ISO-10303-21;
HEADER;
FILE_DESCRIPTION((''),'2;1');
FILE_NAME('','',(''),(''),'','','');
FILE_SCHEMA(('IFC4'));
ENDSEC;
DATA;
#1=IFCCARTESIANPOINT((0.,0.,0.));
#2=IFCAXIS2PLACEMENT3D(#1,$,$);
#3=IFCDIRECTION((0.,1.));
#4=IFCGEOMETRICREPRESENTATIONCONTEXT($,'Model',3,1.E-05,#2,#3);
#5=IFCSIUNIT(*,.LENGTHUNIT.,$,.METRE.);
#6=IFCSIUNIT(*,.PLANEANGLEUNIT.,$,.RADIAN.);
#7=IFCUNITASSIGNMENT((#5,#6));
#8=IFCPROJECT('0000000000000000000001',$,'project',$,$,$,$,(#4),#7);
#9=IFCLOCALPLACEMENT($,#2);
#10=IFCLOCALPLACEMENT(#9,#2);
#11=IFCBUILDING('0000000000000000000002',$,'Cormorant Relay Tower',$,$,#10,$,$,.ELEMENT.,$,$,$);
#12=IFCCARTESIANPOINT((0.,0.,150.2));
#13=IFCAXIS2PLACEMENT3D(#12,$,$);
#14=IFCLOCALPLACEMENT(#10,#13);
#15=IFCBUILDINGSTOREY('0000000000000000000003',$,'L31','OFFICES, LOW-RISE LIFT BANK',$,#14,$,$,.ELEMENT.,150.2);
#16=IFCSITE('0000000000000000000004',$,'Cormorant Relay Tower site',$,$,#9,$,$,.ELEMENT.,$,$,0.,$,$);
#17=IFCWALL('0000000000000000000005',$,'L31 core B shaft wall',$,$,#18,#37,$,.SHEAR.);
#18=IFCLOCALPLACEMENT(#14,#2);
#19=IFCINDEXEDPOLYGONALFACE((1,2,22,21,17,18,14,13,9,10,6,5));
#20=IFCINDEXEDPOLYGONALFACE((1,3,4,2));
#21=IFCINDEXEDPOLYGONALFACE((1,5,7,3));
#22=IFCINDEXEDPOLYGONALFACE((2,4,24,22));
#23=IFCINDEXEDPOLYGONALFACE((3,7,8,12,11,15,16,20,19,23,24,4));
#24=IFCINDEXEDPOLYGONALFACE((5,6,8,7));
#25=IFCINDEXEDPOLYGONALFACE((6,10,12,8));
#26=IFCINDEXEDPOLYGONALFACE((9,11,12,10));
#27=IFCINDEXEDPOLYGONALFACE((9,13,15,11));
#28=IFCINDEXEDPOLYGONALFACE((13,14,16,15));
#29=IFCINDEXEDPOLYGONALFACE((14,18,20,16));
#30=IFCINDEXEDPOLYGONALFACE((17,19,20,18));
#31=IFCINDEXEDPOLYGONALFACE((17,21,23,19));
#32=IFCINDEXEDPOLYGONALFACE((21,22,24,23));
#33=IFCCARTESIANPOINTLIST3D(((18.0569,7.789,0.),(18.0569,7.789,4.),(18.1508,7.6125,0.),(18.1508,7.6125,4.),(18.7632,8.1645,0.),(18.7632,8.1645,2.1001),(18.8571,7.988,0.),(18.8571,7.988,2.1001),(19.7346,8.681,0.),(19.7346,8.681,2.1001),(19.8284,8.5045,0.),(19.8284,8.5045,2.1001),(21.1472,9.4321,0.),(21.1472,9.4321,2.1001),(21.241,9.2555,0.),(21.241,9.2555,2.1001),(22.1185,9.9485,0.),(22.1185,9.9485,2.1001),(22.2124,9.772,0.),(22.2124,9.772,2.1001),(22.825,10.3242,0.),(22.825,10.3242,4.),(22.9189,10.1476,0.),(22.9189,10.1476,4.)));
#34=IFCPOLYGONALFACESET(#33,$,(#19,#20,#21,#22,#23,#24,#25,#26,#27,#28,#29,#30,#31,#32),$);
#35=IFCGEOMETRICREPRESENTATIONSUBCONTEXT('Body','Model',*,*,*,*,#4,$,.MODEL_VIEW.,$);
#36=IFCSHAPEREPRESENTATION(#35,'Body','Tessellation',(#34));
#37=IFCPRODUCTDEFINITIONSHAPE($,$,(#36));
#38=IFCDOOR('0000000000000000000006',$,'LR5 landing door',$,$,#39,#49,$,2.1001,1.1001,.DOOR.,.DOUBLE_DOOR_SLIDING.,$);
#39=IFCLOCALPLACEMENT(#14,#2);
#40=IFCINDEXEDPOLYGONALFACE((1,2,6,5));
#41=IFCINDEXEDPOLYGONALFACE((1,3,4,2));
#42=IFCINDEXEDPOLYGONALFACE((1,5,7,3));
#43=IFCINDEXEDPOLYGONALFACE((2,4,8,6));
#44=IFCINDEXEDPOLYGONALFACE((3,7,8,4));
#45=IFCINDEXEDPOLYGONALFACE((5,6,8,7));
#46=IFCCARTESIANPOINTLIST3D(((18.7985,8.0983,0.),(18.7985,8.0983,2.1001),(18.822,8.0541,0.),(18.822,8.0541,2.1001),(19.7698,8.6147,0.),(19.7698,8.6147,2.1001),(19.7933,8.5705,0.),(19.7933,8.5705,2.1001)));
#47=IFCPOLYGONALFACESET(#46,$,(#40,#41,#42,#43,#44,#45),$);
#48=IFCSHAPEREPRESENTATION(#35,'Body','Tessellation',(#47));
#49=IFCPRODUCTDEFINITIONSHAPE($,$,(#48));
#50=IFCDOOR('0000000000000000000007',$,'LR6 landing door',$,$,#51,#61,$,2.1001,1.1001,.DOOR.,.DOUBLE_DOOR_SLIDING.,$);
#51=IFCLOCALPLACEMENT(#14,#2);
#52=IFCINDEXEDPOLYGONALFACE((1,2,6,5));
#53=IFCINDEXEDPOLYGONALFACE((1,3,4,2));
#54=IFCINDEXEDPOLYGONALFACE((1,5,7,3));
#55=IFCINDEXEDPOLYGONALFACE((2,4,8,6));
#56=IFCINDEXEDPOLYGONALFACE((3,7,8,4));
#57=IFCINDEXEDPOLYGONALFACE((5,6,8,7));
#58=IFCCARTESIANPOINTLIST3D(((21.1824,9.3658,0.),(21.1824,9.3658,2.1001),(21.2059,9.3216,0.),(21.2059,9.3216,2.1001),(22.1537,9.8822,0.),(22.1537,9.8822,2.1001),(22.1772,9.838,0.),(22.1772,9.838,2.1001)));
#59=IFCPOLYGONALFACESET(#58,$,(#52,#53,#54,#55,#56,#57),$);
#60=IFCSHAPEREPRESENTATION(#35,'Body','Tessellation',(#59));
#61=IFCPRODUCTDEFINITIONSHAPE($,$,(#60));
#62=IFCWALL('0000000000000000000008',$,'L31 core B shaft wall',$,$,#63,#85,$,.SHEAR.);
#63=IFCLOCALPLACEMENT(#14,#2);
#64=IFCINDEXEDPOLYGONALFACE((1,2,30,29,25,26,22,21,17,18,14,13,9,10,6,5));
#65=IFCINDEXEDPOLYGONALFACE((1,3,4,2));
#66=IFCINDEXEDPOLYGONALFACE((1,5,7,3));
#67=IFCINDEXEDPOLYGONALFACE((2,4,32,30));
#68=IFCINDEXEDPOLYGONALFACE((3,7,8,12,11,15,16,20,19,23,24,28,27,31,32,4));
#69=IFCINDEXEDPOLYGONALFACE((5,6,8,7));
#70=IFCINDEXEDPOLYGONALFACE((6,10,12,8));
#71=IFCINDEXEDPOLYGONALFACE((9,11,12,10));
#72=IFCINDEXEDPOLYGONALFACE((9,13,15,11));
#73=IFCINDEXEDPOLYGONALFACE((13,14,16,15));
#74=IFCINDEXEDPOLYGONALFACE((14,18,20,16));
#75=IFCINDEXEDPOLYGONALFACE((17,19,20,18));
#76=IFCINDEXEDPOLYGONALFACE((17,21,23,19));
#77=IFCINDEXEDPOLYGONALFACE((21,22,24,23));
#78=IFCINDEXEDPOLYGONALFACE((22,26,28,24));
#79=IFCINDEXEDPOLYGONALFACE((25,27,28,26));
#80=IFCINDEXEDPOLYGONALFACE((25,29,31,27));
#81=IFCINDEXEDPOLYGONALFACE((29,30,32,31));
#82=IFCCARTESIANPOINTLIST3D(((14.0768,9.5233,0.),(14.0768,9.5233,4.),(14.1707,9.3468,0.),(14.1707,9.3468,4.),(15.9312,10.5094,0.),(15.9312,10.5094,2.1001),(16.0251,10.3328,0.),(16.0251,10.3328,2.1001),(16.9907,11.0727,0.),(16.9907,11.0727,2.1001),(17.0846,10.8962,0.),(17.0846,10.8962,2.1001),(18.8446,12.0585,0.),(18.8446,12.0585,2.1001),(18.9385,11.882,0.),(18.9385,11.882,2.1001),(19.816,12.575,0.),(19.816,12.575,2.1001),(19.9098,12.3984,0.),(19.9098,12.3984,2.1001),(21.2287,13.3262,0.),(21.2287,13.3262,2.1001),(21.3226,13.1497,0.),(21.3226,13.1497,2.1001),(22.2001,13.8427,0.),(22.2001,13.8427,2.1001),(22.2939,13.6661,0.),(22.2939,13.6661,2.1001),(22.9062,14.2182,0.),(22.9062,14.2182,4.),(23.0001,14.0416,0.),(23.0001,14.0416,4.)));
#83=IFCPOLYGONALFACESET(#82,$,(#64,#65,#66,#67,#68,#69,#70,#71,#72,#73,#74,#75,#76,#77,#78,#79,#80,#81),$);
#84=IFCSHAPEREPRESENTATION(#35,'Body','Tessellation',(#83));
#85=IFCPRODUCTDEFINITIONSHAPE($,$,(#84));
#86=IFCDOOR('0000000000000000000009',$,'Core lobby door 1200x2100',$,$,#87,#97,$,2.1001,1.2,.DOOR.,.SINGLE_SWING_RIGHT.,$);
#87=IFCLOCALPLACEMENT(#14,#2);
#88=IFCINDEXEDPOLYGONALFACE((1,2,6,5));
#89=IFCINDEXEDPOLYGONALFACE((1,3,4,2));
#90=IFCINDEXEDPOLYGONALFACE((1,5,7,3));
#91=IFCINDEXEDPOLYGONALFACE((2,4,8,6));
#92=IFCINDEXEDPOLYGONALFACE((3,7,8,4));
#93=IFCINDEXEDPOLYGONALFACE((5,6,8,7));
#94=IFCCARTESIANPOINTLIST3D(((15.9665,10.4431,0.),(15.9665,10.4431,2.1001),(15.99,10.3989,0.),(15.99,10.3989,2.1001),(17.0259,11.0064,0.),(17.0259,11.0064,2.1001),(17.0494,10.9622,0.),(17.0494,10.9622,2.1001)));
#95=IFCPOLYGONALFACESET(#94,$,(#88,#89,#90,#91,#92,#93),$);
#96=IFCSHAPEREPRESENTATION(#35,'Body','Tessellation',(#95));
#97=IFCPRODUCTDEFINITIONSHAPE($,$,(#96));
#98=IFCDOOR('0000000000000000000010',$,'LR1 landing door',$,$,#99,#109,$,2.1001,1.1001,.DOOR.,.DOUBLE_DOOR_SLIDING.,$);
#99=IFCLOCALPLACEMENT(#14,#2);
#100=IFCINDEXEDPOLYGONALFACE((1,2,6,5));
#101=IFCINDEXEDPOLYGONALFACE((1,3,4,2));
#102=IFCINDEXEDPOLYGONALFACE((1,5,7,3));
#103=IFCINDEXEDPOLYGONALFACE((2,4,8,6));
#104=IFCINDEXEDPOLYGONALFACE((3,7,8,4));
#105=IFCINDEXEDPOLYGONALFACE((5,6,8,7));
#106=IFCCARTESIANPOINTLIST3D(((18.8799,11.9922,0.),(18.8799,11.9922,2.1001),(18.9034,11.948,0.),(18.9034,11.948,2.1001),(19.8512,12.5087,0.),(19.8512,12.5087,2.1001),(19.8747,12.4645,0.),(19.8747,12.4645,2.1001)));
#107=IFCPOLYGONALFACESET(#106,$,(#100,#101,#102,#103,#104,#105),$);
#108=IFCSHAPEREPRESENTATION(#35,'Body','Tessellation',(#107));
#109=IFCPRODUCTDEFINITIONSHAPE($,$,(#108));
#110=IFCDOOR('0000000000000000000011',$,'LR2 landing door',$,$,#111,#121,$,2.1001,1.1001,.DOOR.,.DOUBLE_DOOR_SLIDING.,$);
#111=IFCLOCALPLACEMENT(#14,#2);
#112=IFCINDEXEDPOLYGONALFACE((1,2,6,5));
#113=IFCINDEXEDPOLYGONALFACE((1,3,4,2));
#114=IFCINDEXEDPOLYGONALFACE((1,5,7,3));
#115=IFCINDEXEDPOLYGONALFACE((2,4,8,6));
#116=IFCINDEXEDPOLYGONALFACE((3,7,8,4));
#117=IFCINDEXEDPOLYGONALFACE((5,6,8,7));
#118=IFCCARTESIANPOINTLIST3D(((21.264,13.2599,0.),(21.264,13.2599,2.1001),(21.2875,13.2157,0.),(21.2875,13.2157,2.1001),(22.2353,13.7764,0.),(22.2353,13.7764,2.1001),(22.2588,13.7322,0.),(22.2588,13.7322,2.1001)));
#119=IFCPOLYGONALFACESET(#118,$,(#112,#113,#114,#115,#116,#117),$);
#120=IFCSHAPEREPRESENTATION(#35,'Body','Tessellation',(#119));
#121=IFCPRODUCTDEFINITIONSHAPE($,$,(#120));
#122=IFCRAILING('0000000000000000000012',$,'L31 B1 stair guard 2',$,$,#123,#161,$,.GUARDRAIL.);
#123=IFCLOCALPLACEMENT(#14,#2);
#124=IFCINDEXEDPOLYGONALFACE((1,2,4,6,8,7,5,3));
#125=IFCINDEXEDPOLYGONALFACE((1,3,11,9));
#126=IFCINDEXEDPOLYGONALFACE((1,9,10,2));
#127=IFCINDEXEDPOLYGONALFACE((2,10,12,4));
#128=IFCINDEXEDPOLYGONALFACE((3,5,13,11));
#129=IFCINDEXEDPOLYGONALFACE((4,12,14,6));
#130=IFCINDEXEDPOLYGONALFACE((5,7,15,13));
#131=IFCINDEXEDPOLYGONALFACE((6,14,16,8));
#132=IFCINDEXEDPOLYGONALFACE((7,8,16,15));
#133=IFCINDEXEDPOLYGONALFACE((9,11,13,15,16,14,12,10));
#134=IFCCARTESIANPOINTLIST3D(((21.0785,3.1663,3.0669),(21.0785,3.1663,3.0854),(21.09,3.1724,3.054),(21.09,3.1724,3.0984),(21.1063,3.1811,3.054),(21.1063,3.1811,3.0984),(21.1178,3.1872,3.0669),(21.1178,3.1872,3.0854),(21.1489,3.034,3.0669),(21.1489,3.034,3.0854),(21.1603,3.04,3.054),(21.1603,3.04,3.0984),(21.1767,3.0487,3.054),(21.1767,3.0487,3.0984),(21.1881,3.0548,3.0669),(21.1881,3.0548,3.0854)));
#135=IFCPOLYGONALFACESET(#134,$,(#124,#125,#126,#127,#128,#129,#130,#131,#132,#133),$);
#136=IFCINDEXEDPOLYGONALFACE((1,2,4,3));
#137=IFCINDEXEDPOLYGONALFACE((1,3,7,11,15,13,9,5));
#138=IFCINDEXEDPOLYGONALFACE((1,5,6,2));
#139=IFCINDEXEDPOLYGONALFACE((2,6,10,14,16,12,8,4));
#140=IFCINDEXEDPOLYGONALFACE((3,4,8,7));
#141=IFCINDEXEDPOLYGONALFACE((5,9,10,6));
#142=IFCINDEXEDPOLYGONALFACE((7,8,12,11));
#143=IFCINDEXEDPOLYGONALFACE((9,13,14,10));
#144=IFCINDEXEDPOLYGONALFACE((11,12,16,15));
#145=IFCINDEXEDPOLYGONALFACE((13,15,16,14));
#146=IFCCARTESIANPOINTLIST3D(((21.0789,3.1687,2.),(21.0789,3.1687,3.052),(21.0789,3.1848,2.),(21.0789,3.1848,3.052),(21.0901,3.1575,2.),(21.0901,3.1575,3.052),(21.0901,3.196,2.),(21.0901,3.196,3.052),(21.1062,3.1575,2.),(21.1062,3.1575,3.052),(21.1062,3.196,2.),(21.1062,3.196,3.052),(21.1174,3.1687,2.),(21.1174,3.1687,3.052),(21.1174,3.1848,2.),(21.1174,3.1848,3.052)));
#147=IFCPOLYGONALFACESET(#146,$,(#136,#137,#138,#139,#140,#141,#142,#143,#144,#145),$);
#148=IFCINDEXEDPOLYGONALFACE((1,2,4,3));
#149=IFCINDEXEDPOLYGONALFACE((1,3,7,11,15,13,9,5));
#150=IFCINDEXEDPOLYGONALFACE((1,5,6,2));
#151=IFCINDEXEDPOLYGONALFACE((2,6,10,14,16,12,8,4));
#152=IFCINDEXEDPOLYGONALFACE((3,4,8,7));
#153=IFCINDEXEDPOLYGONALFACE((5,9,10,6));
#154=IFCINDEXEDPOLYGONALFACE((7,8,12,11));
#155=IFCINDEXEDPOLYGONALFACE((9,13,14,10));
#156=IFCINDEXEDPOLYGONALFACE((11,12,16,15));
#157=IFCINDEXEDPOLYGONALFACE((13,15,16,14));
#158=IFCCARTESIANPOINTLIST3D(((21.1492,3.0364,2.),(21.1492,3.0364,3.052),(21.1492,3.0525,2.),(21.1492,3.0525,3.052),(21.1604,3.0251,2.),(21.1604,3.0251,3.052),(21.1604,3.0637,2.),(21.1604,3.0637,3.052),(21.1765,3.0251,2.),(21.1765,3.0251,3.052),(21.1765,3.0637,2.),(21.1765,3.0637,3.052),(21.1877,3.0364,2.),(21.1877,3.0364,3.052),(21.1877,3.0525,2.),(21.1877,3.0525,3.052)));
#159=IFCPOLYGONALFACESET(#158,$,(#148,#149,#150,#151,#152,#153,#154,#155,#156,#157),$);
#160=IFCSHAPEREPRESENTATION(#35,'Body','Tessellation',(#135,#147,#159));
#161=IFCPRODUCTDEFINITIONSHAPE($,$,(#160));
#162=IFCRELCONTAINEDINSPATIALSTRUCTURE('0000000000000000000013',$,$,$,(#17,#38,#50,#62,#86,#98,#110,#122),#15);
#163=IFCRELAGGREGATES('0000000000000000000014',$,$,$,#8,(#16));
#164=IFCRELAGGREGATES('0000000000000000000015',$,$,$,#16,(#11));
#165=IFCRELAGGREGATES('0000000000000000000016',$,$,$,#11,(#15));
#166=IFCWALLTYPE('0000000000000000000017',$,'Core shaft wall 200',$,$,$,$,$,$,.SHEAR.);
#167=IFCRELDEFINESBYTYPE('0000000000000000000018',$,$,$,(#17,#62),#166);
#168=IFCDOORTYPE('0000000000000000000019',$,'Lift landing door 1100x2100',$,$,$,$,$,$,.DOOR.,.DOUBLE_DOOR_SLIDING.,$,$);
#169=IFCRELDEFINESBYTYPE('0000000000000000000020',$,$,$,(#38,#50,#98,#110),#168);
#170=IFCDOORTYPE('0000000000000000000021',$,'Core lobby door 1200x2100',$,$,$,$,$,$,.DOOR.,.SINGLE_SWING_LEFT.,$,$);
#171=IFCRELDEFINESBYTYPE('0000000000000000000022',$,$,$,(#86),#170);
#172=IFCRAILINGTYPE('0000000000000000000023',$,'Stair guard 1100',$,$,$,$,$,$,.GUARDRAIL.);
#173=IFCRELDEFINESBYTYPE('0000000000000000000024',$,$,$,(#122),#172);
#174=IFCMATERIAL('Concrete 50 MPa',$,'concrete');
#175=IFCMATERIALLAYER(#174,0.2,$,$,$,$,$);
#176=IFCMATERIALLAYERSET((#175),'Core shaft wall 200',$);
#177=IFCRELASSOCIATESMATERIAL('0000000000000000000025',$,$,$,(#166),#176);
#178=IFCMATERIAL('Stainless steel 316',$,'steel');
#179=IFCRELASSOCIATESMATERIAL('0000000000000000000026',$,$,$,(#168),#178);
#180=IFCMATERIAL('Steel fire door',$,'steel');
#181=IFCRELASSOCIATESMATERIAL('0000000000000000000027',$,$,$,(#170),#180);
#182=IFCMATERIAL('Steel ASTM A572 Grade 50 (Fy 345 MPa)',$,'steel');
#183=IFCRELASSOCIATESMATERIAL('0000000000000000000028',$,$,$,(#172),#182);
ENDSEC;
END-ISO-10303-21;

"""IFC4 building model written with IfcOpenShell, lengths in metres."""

from ifc_helpers import new_model, si_unit, direction, frame, frame_2d, origin, place, context, subcontext, project, spatial, polyline, rectangle, outline, extrude, material, layer, layer_set, type_object, element, fill, save


model = new_model("IFC4")

# Units and contexts
model_context = context("Model", 3, precision=1e-05, world=origin(), true_north=direction((0.0, 1.0)))
body_context = subcontext(model_context, "Body", "Model", "MODEL_VIEW")
ifc_project = project(units=[si_unit("LENGTHUNIT", "METRE"), si_unit("PLANEANGLEUNIT", "RADIAN")], contexts=[model_context])

# Site, building, storey
site_placement = place(None, origin())
site = spatial("IfcSite", under=ifc_project, at=site_placement, Name="Cormorant Relay Tower site", CompositionType="ELEMENT", RefElevation=0.0)
building_placement = place(site_placement, origin())
building = spatial("IfcBuilding", under=site, at=building_placement, Name="Cormorant Relay Tower", CompositionType="ELEMENT")
storey_placement = place(building_placement, frame((0.0, 0.0, 150.2)))
storey = spatial("IfcBuildingStorey", under=building, at=storey_placement, Name="L31", Description="OFFICES, LOW-RISE LIFT BANK", CompositionType="ELEMENT", Elevation=150.2)

# Shared definitions
ifc_material_1 = material(Name="Concrete 50 MPa", Category="concrete")
ifc_layer_1 = layer(ifc_material_1, 0.2)
ifc_layer_set_1 = layer_set([ifc_layer_1], Name="Core shaft wall 200")
wall_type = type_object("IfcWallType", Name="Core shaft wall 200", PredefinedType="SHEAR", material=ifc_layer_set_1)

# Walls, openings, doors
wall_1_placement = place(storey_placement, frame((18.1038, 7.7007, 0.0), z_axis=(0.0, 0.0, 1.0), x_axis=(0.882953, 0.469462, 0.0)))
wall_1 = element("IfcWall", 1, at=wall_1_placement, inside=storey, type_object=wall_type, Name="L31 core B shaft wall", PredefinedType="SHEAR", context=body_context, shape_type="SweptSolid", body=[
    extrude(rectangle(XDim=5.4001, YDim=0.2, at=frame_2d((2.7002, 0.0))), origin(), (0.0, 0.0, 1.0), 4.0),
])
opening_1_placement = place(wall_1_placement, frame((0.8, 0.0, 0.0)))
opening_1 = element("IfcOpeningElement", 2, at=opening_1_placement, cuts=wall_1, PredefinedType="OPENING", context=body_context, shape_type="SweptSolid", body=[
    extrude(rectangle(XDim=1.1001, YDim=2.1001, at=frame_2d((0.55, 1.05))), frame((0.0, 0.1099, 0.0), z_axis=(0.0, -1.0, 0.0), x_axis=(1.0, 0.0, 0.0)), (0.0, 0.0, 1.0), 0.22),
])
opening_2_placement = place(wall_1_placement, frame((3.5, 0.0, 0.0)))
opening_2 = element("IfcOpeningElement", 3, at=opening_2_placement, cuts=wall_1, PredefinedType="OPENING", context=body_context, shape_type="SweptSolid", body=[
    extrude(rectangle(XDim=1.1001, YDim=2.1001, at=frame_2d((0.55, 1.05))), frame((0.0, 0.1099, 0.0), z_axis=(0.0, -1.0, 0.0), x_axis=(1.0, 0.0, 0.0)), (0.0, 0.0, 1.0), 0.22),
])
ifc_material_2 = material(Name="Stainless steel 316", Category="steel")
door_type_1 = type_object("IfcDoorType", Name="Lift landing door 1100x2100", OperationType="DOUBLE_DOOR_SLIDING", PredefinedType="DOOR", material=ifc_material_2)
door_1_placement = place(opening_1_placement, origin())
door_1 = element("IfcDoor", 4, at=door_1_placement, inside=storey, type_object=door_type_1, Name="LR5 landing door", OperationType="DOUBLE_DOOR_SLIDING", OverallHeight=2.1001, OverallWidth=1.1001, PredefinedType="DOOR", context=body_context, shape_type="SweptSolid", body=[
    extrude(rectangle(XDim=1.1001, YDim=2.1001, at=frame_2d((0.55, 1.05))), frame((0.0, 0.0249, 0.0), z_axis=(0.0, -1.0, 0.0), x_axis=(1.0, 0.0, 0.0)), (0.0, 0.0, 1.0), 0.05),
])
fill(opening_1, door_1)
door_2_placement = place(opening_2_placement, origin())
door_2 = element("IfcDoor", 5, at=door_2_placement, inside=storey, type_object=door_type_1, Name="LR6 landing door", OperationType="DOUBLE_DOOR_SLIDING", OverallHeight=2.1001, OverallWidth=1.1001, PredefinedType="DOOR", context=body_context, shape_type="SweptSolid", body=[
    extrude(rectangle(XDim=1.1001, YDim=2.1001, at=frame_2d((0.55, 1.05))), frame((0.0, 0.0249, 0.0), z_axis=(0.0, -1.0, 0.0), x_axis=(1.0, 0.0, 0.0)), (0.0, 0.0, 1.0), 0.05),
])
fill(opening_2, door_2)
wall_2_placement = place(storey_placement, frame((14.1238, 9.4351, 0.0), z_axis=(0.0, 0.0, 1.0), x_axis=(0.88294, 0.469485, 0.0)))
wall_2 = element("IfcWall", 6, at=wall_2_placement, inside=storey, type_object=wall_type, Name="L31 core B shaft wall", PredefinedType="SHEAR", context=body_context, shape_type="SweptSolid", body=[
    extrude(rectangle(XDim=10.0, YDim=0.2, at=frame_2d((5.0, 0.0))), origin(), (0.0, 0.0, 1.0), 4.0),
])
opening_3_placement = place(wall_2_placement, frame((2.1001, 0.0, 0.0)))
opening_3 = element("IfcOpeningElement", 7, at=opening_3_placement, cuts=wall_2, PredefinedType="OPENING", context=body_context, shape_type="SweptSolid", body=[
    extrude(rectangle(XDim=1.2, YDim=2.1001, at=frame_2d((0.6001, 1.05))), frame((0.0, 0.1099, 0.0), z_axis=(0.0, -1.0, 0.0), x_axis=(1.0, 0.0, 0.0)), (0.0, 0.0, 1.0), 0.22),
])
opening_4_placement = place(wall_2_placement, frame((5.3999, 0.0, 0.0)))
opening_4 = element("IfcOpeningElement", 8, at=opening_4_placement, cuts=wall_2, PredefinedType="OPENING", context=body_context, shape_type="SweptSolid", body=[
    extrude(rectangle(XDim=1.1001, YDim=2.1001, at=frame_2d((0.55, 1.05))), frame((0.0, 0.1099, 0.0), z_axis=(0.0, -1.0, 0.0), x_axis=(1.0, 0.0, 0.0)), (0.0, 0.0, 1.0), 0.22),
])
opening_5_placement = place(wall_2_placement, frame((8.1001, 0.0, 0.0)))
opening_5 = element("IfcOpeningElement", 9, at=opening_5_placement, cuts=wall_2, PredefinedType="OPENING", context=body_context, shape_type="SweptSolid", body=[
    extrude(rectangle(XDim=1.1001, YDim=2.1001, at=frame_2d((0.55, 1.05))), frame((0.0, 0.1099, 0.0), z_axis=(0.0, -1.0, 0.0), x_axis=(1.0, 0.0, 0.0)), (0.0, 0.0, 1.0), 0.22),
])
ifc_material_3 = material(Name="Steel fire door", Category="steel")
door_type_2 = type_object("IfcDoorType", Name="Core lobby door 1200x2100", OperationType="SINGLE_SWING_LEFT", PredefinedType="DOOR", material=ifc_material_3)
door_3_placement = place(opening_3_placement, origin())
door_3 = element("IfcDoor", 10, at=door_3_placement, inside=storey, type_object=door_type_2, Name="Core lobby door 1200x2100", OperationType="SINGLE_SWING_RIGHT", OverallHeight=2.1001, OverallWidth=1.2, PredefinedType="DOOR", context=body_context, shape_type="SweptSolid", body=[
    extrude(rectangle(XDim=1.2, YDim=2.1001, at=frame_2d((0.6001, 1.05))), frame((0.0, 0.0249, 0.0), z_axis=(0.0, -1.0, 0.0), x_axis=(1.0, 0.0, 0.0)), (0.0, 0.0, 1.0), 0.05),
])
fill(opening_3, door_3)
door_4_placement = place(opening_4_placement, origin())
door_4 = element("IfcDoor", 11, at=door_4_placement, inside=storey, type_object=door_type_1, Name="LR1 landing door", OperationType="DOUBLE_DOOR_SLIDING", OverallHeight=2.1001, OverallWidth=1.1001, PredefinedType="DOOR", context=body_context, shape_type="SweptSolid", body=[
    extrude(rectangle(XDim=1.1001, YDim=2.1001, at=frame_2d((0.55, 1.05))), frame((0.0, 0.0249, 0.0), z_axis=(0.0, -1.0, 0.0), x_axis=(1.0, 0.0, 0.0)), (0.0, 0.0, 1.0), 0.05),
])
fill(opening_4, door_4)
door_5_placement = place(opening_5_placement, origin())
door_5 = element("IfcDoor", 12, at=door_5_placement, inside=storey, type_object=door_type_1, Name="LR2 landing door", OperationType="DOUBLE_DOOR_SLIDING", OverallHeight=2.1001, OverallWidth=1.1001, PredefinedType="DOOR", context=body_context, shape_type="SweptSolid", body=[
    extrude(rectangle(XDim=1.1001, YDim=2.1001, at=frame_2d((0.55, 1.05))), frame((0.0, 0.0249, 0.0), z_axis=(0.0, -1.0, 0.0), x_axis=(1.0, 0.0, 0.0)), (0.0, 0.0, 1.0), 0.05),
])
fill(opening_5, door_5)

# Railing
ifc_material_4 = material(Name="Steel ASTM A572 Grade 50 (Fy 345 MPa)", Category="steel")
railing_type = type_object("IfcRailingType", Name="Stair guard 1100", PredefinedType="GUARDRAIL", material=ifc_material_4)
railing_1_placement = place(storey_placement, frame((21.0981, 3.1768, 2.0)))
element("IfcRailing", 13, at=railing_1_placement, inside=storey, type_object=railing_type, Name="L31 B1 stair guard 2", PredefinedType="GUARDRAIL", context=body_context, shape_type="SweptSolid", body=[
    extrude(outline(polyline([(0.0222, 0.0093), (0.0093, 0.0222), (-0.0093, 0.0222), (-0.0222, 0.0093), (-0.0222, -0.0093), (-0.0093, -0.0222), (0.0093, -0.0222), (0.0222, -0.0093), (0.0222, 0.0093)])), frame((0.0, 0.0, 1.0762), z_axis=(0.469235, -0.883074, 0.0), x_axis=(0.883074, 0.469235, 0.0)), (0.0, 0.0, 1.0), 0.1499),
    extrude(outline(polyline([(0.0193, 0.0081), (0.0081, 0.0193), (-0.0081, 0.0193), (-0.0193, 0.0081), (-0.0193, -0.0081), (-0.0081, -0.0193), (0.0081, -0.0193), (0.0193, -0.0081), (0.0193, 0.0081)])), origin(), (0.0, 0.0, 1.0), 1.052),
    extrude(outline(polyline([(0.0193, 0.0081), (0.0081, 0.0193), (-0.0081, 0.0193), (-0.0193, 0.0081), (-0.0193, -0.0081), (-0.0081, -0.0193), (0.0081, -0.0193), (0.0193, -0.0081), (0.0193, 0.0081)])), frame((0.0703, -0.1323, 0.0)), (0.0, 0.0, 1.0), 1.052),
])

save(model, "model.ifc")
